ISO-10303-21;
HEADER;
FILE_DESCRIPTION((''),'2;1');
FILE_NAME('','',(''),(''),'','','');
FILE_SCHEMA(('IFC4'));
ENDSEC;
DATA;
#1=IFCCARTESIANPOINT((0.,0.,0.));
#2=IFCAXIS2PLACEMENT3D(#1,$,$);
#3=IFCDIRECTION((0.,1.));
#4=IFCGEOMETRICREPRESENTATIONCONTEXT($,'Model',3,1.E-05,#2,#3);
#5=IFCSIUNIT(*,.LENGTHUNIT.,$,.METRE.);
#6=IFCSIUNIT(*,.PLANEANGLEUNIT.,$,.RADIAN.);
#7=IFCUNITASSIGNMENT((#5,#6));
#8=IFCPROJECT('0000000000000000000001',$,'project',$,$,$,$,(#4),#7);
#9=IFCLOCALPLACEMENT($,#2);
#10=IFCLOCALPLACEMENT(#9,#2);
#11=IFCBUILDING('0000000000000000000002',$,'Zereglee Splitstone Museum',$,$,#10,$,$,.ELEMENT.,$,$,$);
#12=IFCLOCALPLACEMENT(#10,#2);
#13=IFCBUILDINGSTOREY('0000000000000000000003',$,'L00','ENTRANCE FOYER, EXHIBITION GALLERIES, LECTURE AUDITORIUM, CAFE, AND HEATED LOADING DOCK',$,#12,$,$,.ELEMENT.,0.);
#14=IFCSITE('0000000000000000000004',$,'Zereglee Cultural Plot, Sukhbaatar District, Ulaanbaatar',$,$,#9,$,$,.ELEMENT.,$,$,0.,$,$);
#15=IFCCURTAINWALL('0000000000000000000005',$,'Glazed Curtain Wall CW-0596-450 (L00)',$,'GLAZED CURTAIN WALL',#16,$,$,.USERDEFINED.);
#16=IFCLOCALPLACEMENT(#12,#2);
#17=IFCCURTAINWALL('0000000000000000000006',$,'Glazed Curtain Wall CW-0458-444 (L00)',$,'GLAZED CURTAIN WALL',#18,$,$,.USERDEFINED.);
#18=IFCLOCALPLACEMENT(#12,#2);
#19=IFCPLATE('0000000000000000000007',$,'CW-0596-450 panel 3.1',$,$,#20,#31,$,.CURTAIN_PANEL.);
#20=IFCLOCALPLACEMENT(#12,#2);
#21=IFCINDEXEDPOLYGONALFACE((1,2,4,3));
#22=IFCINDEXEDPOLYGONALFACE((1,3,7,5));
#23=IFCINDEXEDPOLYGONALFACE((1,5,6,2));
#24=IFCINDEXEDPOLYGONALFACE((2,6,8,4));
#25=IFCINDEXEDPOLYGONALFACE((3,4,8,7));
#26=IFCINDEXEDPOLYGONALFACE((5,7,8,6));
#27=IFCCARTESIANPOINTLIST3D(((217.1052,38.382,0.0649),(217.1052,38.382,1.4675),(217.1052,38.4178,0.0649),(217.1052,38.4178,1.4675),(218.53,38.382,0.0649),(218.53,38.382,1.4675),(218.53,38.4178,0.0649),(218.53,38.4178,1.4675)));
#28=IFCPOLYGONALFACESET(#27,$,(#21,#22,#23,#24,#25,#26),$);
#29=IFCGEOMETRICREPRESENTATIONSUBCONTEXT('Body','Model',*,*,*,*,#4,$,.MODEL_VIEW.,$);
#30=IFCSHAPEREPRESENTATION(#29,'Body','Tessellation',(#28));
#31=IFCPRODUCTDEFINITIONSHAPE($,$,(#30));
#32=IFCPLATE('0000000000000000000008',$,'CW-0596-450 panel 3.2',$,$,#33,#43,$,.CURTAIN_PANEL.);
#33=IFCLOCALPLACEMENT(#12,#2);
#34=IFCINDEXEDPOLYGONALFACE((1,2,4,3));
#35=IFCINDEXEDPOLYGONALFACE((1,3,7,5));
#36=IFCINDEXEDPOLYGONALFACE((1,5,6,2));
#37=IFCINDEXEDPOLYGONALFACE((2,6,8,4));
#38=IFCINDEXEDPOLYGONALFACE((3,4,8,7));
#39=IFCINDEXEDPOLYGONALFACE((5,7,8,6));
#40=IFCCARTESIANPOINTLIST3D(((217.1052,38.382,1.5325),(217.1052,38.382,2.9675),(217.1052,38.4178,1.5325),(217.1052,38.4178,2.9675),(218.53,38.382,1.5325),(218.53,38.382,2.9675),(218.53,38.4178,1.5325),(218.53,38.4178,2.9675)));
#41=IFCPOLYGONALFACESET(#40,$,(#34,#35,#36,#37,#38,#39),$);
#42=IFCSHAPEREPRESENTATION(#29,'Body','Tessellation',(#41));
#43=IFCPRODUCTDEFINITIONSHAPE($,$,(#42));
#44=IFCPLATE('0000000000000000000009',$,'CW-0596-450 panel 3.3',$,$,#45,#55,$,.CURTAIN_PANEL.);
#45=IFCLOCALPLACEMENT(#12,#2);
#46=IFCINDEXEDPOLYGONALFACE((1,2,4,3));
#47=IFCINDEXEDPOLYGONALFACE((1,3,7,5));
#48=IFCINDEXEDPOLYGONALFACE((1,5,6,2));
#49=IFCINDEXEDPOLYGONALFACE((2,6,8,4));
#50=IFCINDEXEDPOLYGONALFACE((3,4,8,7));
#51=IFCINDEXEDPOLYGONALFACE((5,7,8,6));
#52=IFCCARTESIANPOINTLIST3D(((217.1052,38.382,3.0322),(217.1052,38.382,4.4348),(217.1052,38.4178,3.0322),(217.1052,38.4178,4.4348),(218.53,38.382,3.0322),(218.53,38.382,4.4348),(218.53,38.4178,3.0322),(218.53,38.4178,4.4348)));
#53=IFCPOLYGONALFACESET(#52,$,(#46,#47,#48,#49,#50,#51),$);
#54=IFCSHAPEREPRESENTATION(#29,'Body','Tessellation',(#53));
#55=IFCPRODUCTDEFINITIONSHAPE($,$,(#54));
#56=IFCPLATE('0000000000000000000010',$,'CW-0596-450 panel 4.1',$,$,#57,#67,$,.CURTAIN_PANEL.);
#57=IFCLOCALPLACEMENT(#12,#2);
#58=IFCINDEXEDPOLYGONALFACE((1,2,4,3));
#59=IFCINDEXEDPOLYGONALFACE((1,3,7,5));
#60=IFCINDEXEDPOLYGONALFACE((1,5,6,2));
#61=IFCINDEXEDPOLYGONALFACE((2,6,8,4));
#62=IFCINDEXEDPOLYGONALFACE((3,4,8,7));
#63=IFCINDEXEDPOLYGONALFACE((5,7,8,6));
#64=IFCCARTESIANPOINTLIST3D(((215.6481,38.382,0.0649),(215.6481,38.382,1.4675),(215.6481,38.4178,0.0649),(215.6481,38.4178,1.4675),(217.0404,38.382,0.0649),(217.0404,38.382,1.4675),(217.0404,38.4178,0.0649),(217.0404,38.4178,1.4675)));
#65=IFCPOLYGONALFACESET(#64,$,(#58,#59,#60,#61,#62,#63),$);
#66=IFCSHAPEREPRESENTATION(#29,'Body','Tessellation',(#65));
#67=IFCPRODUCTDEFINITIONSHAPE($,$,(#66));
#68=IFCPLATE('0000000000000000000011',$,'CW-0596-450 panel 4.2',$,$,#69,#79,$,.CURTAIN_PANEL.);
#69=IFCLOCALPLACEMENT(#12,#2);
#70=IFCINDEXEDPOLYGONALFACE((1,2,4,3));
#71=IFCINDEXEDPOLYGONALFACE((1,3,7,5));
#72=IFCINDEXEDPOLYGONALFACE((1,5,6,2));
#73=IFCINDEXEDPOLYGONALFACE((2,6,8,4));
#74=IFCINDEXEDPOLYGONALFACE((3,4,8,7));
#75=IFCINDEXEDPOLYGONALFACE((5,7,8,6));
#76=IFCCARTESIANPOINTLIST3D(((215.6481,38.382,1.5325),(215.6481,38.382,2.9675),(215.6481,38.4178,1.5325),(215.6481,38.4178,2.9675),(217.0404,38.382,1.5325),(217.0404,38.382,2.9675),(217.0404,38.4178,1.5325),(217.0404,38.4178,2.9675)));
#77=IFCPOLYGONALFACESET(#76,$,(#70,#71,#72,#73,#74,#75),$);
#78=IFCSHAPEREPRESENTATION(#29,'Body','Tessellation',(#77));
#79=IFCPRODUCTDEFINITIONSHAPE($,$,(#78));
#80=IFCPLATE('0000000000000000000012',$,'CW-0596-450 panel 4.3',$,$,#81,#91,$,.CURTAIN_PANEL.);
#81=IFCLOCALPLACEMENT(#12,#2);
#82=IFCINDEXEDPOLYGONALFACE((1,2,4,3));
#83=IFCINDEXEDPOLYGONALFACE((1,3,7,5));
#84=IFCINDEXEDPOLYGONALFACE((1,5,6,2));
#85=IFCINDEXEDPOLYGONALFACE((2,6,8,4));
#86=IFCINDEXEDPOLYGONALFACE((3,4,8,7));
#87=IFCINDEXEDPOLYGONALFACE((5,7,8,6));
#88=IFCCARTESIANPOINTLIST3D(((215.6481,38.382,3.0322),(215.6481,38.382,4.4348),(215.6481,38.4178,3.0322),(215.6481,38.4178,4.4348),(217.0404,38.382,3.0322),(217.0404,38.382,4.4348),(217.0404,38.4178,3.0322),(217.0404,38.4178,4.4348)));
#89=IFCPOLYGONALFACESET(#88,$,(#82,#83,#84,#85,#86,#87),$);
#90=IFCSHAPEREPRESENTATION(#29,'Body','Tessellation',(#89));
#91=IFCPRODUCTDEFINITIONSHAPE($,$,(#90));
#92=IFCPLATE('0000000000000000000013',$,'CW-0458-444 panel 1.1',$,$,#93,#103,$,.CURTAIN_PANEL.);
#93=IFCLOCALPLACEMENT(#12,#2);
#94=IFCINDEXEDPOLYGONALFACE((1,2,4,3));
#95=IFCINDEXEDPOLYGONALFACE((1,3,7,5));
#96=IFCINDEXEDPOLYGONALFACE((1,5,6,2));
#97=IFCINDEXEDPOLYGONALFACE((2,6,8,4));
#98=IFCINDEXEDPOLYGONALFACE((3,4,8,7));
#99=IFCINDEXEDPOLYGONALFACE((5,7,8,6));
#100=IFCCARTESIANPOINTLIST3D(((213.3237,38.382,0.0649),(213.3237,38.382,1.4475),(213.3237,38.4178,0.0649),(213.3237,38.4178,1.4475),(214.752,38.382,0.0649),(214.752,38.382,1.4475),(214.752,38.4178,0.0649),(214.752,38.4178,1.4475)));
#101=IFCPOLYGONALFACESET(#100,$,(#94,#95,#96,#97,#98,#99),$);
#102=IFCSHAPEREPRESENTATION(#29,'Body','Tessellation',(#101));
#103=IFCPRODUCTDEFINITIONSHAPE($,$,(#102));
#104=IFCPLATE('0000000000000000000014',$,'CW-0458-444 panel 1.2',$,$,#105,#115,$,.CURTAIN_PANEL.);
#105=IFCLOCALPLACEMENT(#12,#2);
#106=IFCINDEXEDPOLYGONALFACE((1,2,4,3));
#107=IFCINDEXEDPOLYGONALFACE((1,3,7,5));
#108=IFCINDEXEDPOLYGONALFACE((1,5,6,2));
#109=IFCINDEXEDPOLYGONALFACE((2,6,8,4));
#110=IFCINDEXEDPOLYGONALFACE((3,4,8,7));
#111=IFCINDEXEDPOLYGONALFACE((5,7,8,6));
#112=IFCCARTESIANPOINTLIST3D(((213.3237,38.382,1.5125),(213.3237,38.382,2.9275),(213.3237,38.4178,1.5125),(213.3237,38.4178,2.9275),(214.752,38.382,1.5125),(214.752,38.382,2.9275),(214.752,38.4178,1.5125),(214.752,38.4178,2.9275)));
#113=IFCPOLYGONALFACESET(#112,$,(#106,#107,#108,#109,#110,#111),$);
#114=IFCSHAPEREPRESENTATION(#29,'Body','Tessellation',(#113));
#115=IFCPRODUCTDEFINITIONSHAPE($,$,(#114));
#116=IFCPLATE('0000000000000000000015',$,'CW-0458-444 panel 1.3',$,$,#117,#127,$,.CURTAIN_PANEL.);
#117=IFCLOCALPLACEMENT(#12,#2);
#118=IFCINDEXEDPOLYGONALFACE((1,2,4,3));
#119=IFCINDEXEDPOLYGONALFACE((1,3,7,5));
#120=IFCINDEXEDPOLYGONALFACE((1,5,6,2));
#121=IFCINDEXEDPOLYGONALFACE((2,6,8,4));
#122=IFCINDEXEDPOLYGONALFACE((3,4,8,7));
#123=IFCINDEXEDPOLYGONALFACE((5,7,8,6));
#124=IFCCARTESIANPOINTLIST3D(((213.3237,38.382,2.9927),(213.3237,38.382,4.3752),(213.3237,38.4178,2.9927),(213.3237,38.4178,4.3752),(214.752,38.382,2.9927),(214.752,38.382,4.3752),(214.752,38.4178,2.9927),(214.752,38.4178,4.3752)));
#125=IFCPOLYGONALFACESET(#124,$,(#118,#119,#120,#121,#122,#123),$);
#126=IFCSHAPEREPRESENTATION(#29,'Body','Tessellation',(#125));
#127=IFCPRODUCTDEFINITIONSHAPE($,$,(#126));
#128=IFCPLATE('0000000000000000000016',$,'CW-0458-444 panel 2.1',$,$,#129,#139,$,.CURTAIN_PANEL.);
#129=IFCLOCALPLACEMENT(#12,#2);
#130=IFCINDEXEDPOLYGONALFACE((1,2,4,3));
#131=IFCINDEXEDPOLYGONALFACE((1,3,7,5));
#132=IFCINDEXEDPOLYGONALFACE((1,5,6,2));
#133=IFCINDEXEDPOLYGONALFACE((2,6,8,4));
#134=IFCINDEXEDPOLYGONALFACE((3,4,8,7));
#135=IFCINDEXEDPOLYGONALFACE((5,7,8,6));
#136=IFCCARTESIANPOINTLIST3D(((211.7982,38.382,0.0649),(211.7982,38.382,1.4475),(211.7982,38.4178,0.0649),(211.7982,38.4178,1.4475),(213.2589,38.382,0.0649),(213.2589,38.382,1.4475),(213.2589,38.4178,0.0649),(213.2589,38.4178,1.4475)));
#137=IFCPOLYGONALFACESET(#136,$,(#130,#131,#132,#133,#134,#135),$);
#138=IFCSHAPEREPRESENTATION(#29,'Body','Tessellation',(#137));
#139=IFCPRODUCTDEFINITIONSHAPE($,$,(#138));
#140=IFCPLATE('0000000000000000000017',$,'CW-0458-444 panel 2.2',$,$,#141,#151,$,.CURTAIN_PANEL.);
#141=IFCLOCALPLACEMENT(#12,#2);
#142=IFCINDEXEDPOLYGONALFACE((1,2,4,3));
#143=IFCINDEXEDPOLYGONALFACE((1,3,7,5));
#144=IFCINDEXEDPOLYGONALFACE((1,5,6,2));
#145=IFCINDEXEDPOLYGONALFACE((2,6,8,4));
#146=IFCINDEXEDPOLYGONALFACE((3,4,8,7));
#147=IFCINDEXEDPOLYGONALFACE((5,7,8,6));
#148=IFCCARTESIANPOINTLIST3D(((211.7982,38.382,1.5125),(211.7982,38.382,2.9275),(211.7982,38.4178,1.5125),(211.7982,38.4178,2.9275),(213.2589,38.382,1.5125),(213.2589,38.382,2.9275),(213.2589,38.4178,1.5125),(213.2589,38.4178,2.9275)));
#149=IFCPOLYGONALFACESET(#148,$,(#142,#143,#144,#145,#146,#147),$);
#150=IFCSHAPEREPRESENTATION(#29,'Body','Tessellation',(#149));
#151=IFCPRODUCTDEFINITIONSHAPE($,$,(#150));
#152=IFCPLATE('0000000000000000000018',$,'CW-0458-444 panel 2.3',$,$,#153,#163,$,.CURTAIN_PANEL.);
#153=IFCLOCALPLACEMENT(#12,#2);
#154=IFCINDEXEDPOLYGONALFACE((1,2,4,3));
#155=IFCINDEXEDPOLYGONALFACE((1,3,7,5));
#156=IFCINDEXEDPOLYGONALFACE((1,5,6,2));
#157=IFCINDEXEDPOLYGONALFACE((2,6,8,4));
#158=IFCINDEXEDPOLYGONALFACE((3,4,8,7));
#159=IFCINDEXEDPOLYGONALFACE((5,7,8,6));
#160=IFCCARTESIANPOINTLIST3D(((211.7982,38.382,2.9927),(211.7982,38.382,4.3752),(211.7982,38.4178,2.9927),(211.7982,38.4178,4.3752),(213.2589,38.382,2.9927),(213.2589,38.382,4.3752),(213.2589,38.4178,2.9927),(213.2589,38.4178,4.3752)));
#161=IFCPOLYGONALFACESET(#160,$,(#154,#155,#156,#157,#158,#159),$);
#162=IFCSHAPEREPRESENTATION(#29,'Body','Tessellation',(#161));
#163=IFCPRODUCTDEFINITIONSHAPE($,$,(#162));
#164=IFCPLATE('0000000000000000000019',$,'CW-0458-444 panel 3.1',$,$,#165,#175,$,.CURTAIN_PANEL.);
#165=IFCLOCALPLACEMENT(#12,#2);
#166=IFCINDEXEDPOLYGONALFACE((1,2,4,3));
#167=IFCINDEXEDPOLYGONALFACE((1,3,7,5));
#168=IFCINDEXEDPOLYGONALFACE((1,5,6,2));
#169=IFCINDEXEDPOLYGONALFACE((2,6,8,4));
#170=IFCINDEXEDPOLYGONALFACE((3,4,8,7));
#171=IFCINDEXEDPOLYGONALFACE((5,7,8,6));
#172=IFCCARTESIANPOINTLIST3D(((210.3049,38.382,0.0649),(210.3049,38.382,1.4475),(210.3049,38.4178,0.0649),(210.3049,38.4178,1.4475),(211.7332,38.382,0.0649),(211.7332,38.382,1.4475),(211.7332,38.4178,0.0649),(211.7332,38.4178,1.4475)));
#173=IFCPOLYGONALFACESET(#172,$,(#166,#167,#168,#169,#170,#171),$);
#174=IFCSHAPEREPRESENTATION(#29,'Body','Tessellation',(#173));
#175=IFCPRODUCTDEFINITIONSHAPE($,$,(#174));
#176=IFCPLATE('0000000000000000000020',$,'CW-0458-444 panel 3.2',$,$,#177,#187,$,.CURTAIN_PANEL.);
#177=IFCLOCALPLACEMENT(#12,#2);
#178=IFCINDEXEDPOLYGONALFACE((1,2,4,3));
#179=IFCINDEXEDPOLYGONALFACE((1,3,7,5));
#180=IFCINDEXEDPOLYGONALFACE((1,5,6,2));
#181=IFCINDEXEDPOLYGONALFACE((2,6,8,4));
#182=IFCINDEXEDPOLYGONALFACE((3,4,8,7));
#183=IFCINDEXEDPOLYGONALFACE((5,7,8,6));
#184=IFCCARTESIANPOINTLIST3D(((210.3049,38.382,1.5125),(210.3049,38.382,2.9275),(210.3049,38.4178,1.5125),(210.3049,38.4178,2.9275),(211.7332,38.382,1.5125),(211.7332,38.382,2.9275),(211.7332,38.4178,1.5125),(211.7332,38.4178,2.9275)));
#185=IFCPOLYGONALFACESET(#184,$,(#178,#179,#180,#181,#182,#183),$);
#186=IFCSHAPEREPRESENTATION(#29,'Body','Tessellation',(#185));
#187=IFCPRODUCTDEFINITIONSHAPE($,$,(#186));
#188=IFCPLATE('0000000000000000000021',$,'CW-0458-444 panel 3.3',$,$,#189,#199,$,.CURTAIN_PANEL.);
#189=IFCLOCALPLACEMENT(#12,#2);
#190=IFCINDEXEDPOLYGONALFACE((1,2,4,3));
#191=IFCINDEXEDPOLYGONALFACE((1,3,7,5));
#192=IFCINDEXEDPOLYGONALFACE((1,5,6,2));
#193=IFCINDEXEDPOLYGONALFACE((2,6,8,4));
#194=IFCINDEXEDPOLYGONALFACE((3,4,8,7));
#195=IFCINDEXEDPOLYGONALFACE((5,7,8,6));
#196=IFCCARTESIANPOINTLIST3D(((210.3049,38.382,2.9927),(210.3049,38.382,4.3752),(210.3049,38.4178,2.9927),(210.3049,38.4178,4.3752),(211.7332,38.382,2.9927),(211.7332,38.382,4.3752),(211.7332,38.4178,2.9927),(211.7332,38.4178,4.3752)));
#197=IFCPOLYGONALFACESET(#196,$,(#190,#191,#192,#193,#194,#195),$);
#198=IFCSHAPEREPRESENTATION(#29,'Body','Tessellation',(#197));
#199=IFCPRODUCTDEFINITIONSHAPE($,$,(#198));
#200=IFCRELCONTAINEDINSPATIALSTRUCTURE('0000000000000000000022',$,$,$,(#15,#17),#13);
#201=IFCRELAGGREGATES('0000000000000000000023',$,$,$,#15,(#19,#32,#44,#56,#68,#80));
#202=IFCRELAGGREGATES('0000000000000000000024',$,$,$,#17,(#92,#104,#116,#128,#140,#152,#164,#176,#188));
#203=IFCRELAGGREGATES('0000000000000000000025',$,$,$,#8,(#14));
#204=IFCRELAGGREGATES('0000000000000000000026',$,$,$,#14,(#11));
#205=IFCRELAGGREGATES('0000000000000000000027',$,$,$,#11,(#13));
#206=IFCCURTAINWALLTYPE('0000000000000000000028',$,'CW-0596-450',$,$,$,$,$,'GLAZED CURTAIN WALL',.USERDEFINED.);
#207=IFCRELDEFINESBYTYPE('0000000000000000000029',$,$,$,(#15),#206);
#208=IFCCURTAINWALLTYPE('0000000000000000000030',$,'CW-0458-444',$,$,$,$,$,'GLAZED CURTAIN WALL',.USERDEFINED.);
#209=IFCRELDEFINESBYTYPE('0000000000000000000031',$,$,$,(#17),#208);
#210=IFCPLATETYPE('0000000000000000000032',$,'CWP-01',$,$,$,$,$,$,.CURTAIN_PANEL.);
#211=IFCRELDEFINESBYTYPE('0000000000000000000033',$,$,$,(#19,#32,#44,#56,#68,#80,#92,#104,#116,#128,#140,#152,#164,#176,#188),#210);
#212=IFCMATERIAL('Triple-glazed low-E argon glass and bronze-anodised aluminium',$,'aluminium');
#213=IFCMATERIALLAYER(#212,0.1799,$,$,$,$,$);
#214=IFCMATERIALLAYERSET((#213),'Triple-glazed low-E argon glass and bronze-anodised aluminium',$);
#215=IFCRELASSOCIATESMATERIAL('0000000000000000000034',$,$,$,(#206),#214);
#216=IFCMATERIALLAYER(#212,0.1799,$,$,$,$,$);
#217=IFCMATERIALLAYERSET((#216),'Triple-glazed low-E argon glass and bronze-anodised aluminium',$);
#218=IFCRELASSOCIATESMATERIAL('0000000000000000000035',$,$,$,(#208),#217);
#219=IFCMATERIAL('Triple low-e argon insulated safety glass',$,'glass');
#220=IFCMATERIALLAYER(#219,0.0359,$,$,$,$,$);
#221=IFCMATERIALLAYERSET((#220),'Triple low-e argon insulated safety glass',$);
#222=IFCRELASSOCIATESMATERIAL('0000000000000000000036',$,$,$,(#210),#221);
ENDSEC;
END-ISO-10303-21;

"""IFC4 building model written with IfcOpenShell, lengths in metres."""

from ifc_helpers import new_model, si_unit, direction, frame, origin, origin_2d, place, context, subcontext, project, spatial, rectangle, extrude, material, layer, layer_set, type_object, element, aggregate, save


model = new_model("IFC4")

# Units and contexts
model_context = context("Model", 3, precision=1e-05, world=origin(), true_north=direction((0.0, 1.0)))
body_context = subcontext(model_context, "Body", "Model", "MODEL_VIEW")
ifc_project = project(units=[si_unit("LENGTHUNIT", "METRE"), si_unit("PLANEANGLEUNIT", "RADIAN")], contexts=[model_context])

# Site, building, storey
site_placement = place(None, origin())
site = spatial("IfcSite", under=ifc_project, at=site_placement, Name="Zereglee Cultural Plot, Sukhbaatar District, Ulaanbaatar", CompositionType="ELEMENT", RefElevation=0.0)
building_placement = place(site_placement, origin())
building = spatial("IfcBuilding", under=site, at=building_placement, Name="Zereglee Splitstone Museum", CompositionType="ELEMENT")
storey_placement = place(building_placement, origin())
storey = spatial("IfcBuildingStorey", under=building, at=storey_placement, Name="L00", Description="ENTRANCE FOYER, EXHIBITION GALLERIES, LECTURE AUDITORIUM, CAFE, AND HEATED LOADING DOCK", CompositionType="ELEMENT", Elevation=0.0)

# Curtain walls
ifc_material_1 = material(Name="Triple-glazed low-E argon glass and bronze-anodised aluminium", Category="aluminium")
ifc_layer_1 = layer(ifc_material_1, 0.1799)
ifc_layer_set_1 = layer_set([ifc_layer_1], Name="Triple-glazed low-E argon glass and bronze-anodised aluminium")
curtain_wall_type_1 = type_object("IfcCurtainWallType", Name="CW-0596-450", ElementType="GLAZED CURTAIN WALL", PredefinedType="USERDEFINED", material=ifc_layer_set_1)
curtain_wall_1_placement = place(storey_placement, origin())
curtain_wall_1 = element("IfcCurtainWall", 1, at=curtain_wall_1_placement, inside=storey, type_object=curtain_wall_type_1, Name="Glazed Curtain Wall CW-0596-450 (L00)", ObjectType="GLAZED CURTAIN WALL", PredefinedType="USERDEFINED")
ifc_layer_2 = layer(ifc_material_1, 0.1799)
ifc_layer_set_2 = layer_set([ifc_layer_2], Name="Triple-glazed low-E argon glass and bronze-anodised aluminium")
curtain_wall_type_2 = type_object("IfcCurtainWallType", Name="CW-0458-444", ElementType="GLAZED CURTAIN WALL", PredefinedType="USERDEFINED", material=ifc_layer_set_2)
curtain_wall_2_placement = place(storey_placement, origin())
curtain_wall_2 = element("IfcCurtainWall", 2, at=curtain_wall_2_placement, inside=storey, type_object=curtain_wall_type_2, Name="Glazed Curtain Wall CW-0458-444 (L00)", ObjectType="GLAZED CURTAIN WALL", PredefinedType="USERDEFINED")

# Plates
ifc_material_2 = material(Name="Triple low-e argon insulated safety glass", Category="glass")
ifc_layer_3 = layer(ifc_material_2, 0.0359)
ifc_layer_set_3 = layer_set([ifc_layer_3], Name="Triple low-e argon insulated safety glass")
plate_type = type_object("IfcPlateType", Name="CWP-01", PredefinedType="CURTAIN_PANEL", material=ifc_layer_set_3)
plate_1_placement = place(storey_placement, frame((217.8176, 38.3999, 0.0649), z_axis=(0.0, 0.0, 1.0), x_axis=(-1.0, 0.0, 0.0)))
plate_1 = element("IfcPlate", 3, at=plate_1_placement, type_object=plate_type, Name="CW-0596-450 panel 3.1", PredefinedType="CURTAIN_PANEL", context=body_context, shape_type="SweptSolid", body=[
    extrude(rectangle(XDim=1.4248, YDim=0.0359, at=origin_2d()), origin(), (0.0, 0.0, 1.0), 1.4026),
])
plate_2_placement = place(storey_placement, frame((217.8176, 38.3999, 1.5325), z_axis=(0.0, 0.0, 1.0), x_axis=(-1.0, 0.0, 0.0)))
plate_2 = element("IfcPlate", 4, at=plate_2_placement, type_object=plate_type, Name="CW-0596-450 panel 3.2", PredefinedType="CURTAIN_PANEL", context=body_context, shape_type="SweptSolid", body=[
    extrude(rectangle(XDim=1.4248, YDim=0.0359, at=origin_2d()), origin(), (0.0, 0.0, 1.0), 1.4351),
])
plate_3_placement = place(storey_placement, frame((217.8176, 38.3999, 3.0322), z_axis=(0.0, 0.0, 1.0), x_axis=(-1.0, 0.0, 0.0)))
plate_3 = element("IfcPlate", 5, at=plate_3_placement, type_object=plate_type, Name="CW-0596-450 panel 3.3", PredefinedType="CURTAIN_PANEL", context=body_context, shape_type="SweptSolid", body=[
    extrude(rectangle(XDim=1.4248, YDim=0.0359, at=origin_2d()), origin(), (0.0, 0.0, 1.0), 1.4026),
])
plate_4_placement = place(storey_placement, frame((216.3442, 38.3999, 0.0649), z_axis=(0.0, 0.0, 1.0), x_axis=(-1.0, 0.0, 0.0)))
plate_4 = element("IfcPlate", 6, at=plate_4_placement, type_object=plate_type, Name="CW-0596-450 panel 4.1", PredefinedType="CURTAIN_PANEL", context=body_context, shape_type="SweptSolid", body=[
    extrude(rectangle(XDim=1.3923, YDim=0.0359, at=origin_2d()), origin(), (0.0, 0.0, 1.0), 1.4026),
])
plate_5_placement = place(storey_placement, frame((216.3442, 38.3999, 1.5325), z_axis=(0.0, 0.0, 1.0), x_axis=(-1.0, 0.0, 0.0)))
plate_5 = element("IfcPlate", 7, at=plate_5_placement, type_object=plate_type, Name="CW-0596-450 panel 4.2", PredefinedType="CURTAIN_PANEL", context=body_context, shape_type="SweptSolid", body=[
    extrude(rectangle(XDim=1.3923, YDim=0.0359, at=origin_2d()), origin(), (0.0, 0.0, 1.0), 1.4351),
])
plate_6_placement = place(storey_placement, frame((216.3442, 38.3999, 3.0322), z_axis=(0.0, 0.0, 1.0), x_axis=(-1.0, 0.0, 0.0)))
plate_6 = element("IfcPlate", 8, at=plate_6_placement, type_object=plate_type, Name="CW-0596-450 panel 4.3", PredefinedType="CURTAIN_PANEL", context=body_context, shape_type="SweptSolid", body=[
    extrude(rectangle(XDim=1.3923, YDim=0.0359, at=origin_2d()), origin(), (0.0, 0.0, 1.0), 1.4026),
])
aggregate(curtain_wall_1, [plate_1, plate_2, plate_3, plate_4, plate_5, plate_6])
plate_7_placement = place(storey_placement, frame((214.0378, 38.3999, 0.0649), z_axis=(0.0, 0.0, 1.0), x_axis=(-1.0, 0.0, 0.0)))
plate_7 = element("IfcPlate", 9, at=plate_7_placement, type_object=plate_type, Name="CW-0458-444 panel 1.1", PredefinedType="CURTAIN_PANEL", context=body_context, shape_type="SweptSolid", body=[
    extrude(rectangle(XDim=1.4282, YDim=0.0359, at=origin_2d()), origin(), (0.0, 0.0, 1.0), 1.3826),
])
plate_8_placement = place(storey_placement, frame((214.0378, 38.3999, 1.5125), z_axis=(0.0, 0.0, 1.0), x_axis=(-1.0, 0.0, 0.0)))
plate_8 = element("IfcPlate", 10, at=plate_8_placement, type_object=plate_type, Name="CW-0458-444 panel 1.2", PredefinedType="CURTAIN_PANEL", context=body_context, shape_type="SweptSolid", body=[
    extrude(rectangle(XDim=1.4282, YDim=0.0359, at=origin_2d()), origin(), (0.0, 0.0, 1.0), 1.415),
])
plate_9_placement = place(storey_placement, frame((214.0378, 38.3999, 2.9927), z_axis=(0.0, 0.0, 1.0), x_axis=(-1.0, 0.0, 0.0)))
plate_9 = element("IfcPlate", 11, at=plate_9_placement, type_object=plate_type, Name="CW-0458-444 panel 1.3", PredefinedType="CURTAIN_PANEL", context=body_context, shape_type="SweptSolid", body=[
    extrude(rectangle(XDim=1.4282, YDim=0.0359, at=origin_2d()), origin(), (0.0, 0.0, 1.0), 1.3826),
])
plate_10_placement = place(storey_placement, frame((212.5286, 38.3999, 0.0649), z_axis=(0.0, 0.0, 1.0), x_axis=(-1.0, 0.0, 0.0)))
plate_10 = element("IfcPlate", 12, at=plate_10_placement, type_object=plate_type, Name="CW-0458-444 panel 2.1", PredefinedType="CURTAIN_PANEL", context=body_context, shape_type="SweptSolid", body=[
    extrude(rectangle(XDim=1.4607, YDim=0.0359, at=origin_2d()), origin(), (0.0, 0.0, 1.0), 1.3826),
])
plate_11_placement = place(storey_placement, frame((212.5286, 38.3999, 1.5125), z_axis=(0.0, 0.0, 1.0), x_axis=(-1.0, 0.0, 0.0)))
plate_11 = element("IfcPlate", 13, at=plate_11_placement, type_object=plate_type, Name="CW-0458-444 panel 2.2", PredefinedType="CURTAIN_PANEL", context=body_context, shape_type="SweptSolid", body=[
    extrude(rectangle(XDim=1.4607, YDim=0.0359, at=origin_2d()), origin(), (0.0, 0.0, 1.0), 1.415),
])
plate_12_placement = place(storey_placement, frame((212.5286, 38.3999, 2.9927), z_axis=(0.0, 0.0, 1.0), x_axis=(-1.0, 0.0, 0.0)))
plate_12 = element("IfcPlate", 14, at=plate_12_placement, type_object=plate_type, Name="CW-0458-444 panel 2.3", PredefinedType="CURTAIN_PANEL", context=body_context, shape_type="SweptSolid", body=[
    extrude(rectangle(XDim=1.4607, YDim=0.0359, at=origin_2d()), origin(), (0.0, 0.0, 1.0), 1.3826),
])
plate_13_placement = place(storey_placement, frame((211.019, 38.3999, 0.0649), z_axis=(0.0, 0.0, 1.0), x_axis=(-1.0, 0.0, 0.0)))
plate_13 = element("IfcPlate", 15, at=plate_13_placement, type_object=plate_type, Name="CW-0458-444 panel 3.1", PredefinedType="CURTAIN_PANEL", context=body_context, shape_type="SweptSolid", body=[
    extrude(rectangle(XDim=1.4282, YDim=0.0359, at=origin_2d()), origin(), (0.0, 0.0, 1.0), 1.3826),
])
plate_14_placement = place(storey_placement, frame((211.019, 38.3999, 1.5125), z_axis=(0.0, 0.0, 1.0), x_axis=(-1.0, 0.0, 0.0)))
plate_14 = element("IfcPlate", 16, at=plate_14_placement, type_object=plate_type, Name="CW-0458-444 panel 3.2", PredefinedType="CURTAIN_PANEL", context=body_context, shape_type="SweptSolid", body=[
    extrude(rectangle(XDim=1.4282, YDim=0.0359, at=origin_2d()), origin(), (0.0, 0.0, 1.0), 1.415),
])
plate_15_placement = place(storey_placement, frame((211.019, 38.3999, 2.9927), z_axis=(0.0, 0.0, 1.0), x_axis=(-1.0, 0.0, 0.0)))
plate_15 = element("IfcPlate", 17, at=plate_15_placement, type_object=plate_type, Name="CW-0458-444 panel 3.3", PredefinedType="CURTAIN_PANEL", context=body_context, shape_type="SweptSolid", body=[
    extrude(rectangle(XDim=1.4282, YDim=0.0359, at=origin_2d()), origin(), (0.0, 0.0, 1.0), 1.3826),
])
aggregate(curtain_wall_2, [plate_7, plate_8, plate_9, plate_10, plate_11, plate_12, plate_13, plate_14, plate_15])

save(model, "model.ifc")
